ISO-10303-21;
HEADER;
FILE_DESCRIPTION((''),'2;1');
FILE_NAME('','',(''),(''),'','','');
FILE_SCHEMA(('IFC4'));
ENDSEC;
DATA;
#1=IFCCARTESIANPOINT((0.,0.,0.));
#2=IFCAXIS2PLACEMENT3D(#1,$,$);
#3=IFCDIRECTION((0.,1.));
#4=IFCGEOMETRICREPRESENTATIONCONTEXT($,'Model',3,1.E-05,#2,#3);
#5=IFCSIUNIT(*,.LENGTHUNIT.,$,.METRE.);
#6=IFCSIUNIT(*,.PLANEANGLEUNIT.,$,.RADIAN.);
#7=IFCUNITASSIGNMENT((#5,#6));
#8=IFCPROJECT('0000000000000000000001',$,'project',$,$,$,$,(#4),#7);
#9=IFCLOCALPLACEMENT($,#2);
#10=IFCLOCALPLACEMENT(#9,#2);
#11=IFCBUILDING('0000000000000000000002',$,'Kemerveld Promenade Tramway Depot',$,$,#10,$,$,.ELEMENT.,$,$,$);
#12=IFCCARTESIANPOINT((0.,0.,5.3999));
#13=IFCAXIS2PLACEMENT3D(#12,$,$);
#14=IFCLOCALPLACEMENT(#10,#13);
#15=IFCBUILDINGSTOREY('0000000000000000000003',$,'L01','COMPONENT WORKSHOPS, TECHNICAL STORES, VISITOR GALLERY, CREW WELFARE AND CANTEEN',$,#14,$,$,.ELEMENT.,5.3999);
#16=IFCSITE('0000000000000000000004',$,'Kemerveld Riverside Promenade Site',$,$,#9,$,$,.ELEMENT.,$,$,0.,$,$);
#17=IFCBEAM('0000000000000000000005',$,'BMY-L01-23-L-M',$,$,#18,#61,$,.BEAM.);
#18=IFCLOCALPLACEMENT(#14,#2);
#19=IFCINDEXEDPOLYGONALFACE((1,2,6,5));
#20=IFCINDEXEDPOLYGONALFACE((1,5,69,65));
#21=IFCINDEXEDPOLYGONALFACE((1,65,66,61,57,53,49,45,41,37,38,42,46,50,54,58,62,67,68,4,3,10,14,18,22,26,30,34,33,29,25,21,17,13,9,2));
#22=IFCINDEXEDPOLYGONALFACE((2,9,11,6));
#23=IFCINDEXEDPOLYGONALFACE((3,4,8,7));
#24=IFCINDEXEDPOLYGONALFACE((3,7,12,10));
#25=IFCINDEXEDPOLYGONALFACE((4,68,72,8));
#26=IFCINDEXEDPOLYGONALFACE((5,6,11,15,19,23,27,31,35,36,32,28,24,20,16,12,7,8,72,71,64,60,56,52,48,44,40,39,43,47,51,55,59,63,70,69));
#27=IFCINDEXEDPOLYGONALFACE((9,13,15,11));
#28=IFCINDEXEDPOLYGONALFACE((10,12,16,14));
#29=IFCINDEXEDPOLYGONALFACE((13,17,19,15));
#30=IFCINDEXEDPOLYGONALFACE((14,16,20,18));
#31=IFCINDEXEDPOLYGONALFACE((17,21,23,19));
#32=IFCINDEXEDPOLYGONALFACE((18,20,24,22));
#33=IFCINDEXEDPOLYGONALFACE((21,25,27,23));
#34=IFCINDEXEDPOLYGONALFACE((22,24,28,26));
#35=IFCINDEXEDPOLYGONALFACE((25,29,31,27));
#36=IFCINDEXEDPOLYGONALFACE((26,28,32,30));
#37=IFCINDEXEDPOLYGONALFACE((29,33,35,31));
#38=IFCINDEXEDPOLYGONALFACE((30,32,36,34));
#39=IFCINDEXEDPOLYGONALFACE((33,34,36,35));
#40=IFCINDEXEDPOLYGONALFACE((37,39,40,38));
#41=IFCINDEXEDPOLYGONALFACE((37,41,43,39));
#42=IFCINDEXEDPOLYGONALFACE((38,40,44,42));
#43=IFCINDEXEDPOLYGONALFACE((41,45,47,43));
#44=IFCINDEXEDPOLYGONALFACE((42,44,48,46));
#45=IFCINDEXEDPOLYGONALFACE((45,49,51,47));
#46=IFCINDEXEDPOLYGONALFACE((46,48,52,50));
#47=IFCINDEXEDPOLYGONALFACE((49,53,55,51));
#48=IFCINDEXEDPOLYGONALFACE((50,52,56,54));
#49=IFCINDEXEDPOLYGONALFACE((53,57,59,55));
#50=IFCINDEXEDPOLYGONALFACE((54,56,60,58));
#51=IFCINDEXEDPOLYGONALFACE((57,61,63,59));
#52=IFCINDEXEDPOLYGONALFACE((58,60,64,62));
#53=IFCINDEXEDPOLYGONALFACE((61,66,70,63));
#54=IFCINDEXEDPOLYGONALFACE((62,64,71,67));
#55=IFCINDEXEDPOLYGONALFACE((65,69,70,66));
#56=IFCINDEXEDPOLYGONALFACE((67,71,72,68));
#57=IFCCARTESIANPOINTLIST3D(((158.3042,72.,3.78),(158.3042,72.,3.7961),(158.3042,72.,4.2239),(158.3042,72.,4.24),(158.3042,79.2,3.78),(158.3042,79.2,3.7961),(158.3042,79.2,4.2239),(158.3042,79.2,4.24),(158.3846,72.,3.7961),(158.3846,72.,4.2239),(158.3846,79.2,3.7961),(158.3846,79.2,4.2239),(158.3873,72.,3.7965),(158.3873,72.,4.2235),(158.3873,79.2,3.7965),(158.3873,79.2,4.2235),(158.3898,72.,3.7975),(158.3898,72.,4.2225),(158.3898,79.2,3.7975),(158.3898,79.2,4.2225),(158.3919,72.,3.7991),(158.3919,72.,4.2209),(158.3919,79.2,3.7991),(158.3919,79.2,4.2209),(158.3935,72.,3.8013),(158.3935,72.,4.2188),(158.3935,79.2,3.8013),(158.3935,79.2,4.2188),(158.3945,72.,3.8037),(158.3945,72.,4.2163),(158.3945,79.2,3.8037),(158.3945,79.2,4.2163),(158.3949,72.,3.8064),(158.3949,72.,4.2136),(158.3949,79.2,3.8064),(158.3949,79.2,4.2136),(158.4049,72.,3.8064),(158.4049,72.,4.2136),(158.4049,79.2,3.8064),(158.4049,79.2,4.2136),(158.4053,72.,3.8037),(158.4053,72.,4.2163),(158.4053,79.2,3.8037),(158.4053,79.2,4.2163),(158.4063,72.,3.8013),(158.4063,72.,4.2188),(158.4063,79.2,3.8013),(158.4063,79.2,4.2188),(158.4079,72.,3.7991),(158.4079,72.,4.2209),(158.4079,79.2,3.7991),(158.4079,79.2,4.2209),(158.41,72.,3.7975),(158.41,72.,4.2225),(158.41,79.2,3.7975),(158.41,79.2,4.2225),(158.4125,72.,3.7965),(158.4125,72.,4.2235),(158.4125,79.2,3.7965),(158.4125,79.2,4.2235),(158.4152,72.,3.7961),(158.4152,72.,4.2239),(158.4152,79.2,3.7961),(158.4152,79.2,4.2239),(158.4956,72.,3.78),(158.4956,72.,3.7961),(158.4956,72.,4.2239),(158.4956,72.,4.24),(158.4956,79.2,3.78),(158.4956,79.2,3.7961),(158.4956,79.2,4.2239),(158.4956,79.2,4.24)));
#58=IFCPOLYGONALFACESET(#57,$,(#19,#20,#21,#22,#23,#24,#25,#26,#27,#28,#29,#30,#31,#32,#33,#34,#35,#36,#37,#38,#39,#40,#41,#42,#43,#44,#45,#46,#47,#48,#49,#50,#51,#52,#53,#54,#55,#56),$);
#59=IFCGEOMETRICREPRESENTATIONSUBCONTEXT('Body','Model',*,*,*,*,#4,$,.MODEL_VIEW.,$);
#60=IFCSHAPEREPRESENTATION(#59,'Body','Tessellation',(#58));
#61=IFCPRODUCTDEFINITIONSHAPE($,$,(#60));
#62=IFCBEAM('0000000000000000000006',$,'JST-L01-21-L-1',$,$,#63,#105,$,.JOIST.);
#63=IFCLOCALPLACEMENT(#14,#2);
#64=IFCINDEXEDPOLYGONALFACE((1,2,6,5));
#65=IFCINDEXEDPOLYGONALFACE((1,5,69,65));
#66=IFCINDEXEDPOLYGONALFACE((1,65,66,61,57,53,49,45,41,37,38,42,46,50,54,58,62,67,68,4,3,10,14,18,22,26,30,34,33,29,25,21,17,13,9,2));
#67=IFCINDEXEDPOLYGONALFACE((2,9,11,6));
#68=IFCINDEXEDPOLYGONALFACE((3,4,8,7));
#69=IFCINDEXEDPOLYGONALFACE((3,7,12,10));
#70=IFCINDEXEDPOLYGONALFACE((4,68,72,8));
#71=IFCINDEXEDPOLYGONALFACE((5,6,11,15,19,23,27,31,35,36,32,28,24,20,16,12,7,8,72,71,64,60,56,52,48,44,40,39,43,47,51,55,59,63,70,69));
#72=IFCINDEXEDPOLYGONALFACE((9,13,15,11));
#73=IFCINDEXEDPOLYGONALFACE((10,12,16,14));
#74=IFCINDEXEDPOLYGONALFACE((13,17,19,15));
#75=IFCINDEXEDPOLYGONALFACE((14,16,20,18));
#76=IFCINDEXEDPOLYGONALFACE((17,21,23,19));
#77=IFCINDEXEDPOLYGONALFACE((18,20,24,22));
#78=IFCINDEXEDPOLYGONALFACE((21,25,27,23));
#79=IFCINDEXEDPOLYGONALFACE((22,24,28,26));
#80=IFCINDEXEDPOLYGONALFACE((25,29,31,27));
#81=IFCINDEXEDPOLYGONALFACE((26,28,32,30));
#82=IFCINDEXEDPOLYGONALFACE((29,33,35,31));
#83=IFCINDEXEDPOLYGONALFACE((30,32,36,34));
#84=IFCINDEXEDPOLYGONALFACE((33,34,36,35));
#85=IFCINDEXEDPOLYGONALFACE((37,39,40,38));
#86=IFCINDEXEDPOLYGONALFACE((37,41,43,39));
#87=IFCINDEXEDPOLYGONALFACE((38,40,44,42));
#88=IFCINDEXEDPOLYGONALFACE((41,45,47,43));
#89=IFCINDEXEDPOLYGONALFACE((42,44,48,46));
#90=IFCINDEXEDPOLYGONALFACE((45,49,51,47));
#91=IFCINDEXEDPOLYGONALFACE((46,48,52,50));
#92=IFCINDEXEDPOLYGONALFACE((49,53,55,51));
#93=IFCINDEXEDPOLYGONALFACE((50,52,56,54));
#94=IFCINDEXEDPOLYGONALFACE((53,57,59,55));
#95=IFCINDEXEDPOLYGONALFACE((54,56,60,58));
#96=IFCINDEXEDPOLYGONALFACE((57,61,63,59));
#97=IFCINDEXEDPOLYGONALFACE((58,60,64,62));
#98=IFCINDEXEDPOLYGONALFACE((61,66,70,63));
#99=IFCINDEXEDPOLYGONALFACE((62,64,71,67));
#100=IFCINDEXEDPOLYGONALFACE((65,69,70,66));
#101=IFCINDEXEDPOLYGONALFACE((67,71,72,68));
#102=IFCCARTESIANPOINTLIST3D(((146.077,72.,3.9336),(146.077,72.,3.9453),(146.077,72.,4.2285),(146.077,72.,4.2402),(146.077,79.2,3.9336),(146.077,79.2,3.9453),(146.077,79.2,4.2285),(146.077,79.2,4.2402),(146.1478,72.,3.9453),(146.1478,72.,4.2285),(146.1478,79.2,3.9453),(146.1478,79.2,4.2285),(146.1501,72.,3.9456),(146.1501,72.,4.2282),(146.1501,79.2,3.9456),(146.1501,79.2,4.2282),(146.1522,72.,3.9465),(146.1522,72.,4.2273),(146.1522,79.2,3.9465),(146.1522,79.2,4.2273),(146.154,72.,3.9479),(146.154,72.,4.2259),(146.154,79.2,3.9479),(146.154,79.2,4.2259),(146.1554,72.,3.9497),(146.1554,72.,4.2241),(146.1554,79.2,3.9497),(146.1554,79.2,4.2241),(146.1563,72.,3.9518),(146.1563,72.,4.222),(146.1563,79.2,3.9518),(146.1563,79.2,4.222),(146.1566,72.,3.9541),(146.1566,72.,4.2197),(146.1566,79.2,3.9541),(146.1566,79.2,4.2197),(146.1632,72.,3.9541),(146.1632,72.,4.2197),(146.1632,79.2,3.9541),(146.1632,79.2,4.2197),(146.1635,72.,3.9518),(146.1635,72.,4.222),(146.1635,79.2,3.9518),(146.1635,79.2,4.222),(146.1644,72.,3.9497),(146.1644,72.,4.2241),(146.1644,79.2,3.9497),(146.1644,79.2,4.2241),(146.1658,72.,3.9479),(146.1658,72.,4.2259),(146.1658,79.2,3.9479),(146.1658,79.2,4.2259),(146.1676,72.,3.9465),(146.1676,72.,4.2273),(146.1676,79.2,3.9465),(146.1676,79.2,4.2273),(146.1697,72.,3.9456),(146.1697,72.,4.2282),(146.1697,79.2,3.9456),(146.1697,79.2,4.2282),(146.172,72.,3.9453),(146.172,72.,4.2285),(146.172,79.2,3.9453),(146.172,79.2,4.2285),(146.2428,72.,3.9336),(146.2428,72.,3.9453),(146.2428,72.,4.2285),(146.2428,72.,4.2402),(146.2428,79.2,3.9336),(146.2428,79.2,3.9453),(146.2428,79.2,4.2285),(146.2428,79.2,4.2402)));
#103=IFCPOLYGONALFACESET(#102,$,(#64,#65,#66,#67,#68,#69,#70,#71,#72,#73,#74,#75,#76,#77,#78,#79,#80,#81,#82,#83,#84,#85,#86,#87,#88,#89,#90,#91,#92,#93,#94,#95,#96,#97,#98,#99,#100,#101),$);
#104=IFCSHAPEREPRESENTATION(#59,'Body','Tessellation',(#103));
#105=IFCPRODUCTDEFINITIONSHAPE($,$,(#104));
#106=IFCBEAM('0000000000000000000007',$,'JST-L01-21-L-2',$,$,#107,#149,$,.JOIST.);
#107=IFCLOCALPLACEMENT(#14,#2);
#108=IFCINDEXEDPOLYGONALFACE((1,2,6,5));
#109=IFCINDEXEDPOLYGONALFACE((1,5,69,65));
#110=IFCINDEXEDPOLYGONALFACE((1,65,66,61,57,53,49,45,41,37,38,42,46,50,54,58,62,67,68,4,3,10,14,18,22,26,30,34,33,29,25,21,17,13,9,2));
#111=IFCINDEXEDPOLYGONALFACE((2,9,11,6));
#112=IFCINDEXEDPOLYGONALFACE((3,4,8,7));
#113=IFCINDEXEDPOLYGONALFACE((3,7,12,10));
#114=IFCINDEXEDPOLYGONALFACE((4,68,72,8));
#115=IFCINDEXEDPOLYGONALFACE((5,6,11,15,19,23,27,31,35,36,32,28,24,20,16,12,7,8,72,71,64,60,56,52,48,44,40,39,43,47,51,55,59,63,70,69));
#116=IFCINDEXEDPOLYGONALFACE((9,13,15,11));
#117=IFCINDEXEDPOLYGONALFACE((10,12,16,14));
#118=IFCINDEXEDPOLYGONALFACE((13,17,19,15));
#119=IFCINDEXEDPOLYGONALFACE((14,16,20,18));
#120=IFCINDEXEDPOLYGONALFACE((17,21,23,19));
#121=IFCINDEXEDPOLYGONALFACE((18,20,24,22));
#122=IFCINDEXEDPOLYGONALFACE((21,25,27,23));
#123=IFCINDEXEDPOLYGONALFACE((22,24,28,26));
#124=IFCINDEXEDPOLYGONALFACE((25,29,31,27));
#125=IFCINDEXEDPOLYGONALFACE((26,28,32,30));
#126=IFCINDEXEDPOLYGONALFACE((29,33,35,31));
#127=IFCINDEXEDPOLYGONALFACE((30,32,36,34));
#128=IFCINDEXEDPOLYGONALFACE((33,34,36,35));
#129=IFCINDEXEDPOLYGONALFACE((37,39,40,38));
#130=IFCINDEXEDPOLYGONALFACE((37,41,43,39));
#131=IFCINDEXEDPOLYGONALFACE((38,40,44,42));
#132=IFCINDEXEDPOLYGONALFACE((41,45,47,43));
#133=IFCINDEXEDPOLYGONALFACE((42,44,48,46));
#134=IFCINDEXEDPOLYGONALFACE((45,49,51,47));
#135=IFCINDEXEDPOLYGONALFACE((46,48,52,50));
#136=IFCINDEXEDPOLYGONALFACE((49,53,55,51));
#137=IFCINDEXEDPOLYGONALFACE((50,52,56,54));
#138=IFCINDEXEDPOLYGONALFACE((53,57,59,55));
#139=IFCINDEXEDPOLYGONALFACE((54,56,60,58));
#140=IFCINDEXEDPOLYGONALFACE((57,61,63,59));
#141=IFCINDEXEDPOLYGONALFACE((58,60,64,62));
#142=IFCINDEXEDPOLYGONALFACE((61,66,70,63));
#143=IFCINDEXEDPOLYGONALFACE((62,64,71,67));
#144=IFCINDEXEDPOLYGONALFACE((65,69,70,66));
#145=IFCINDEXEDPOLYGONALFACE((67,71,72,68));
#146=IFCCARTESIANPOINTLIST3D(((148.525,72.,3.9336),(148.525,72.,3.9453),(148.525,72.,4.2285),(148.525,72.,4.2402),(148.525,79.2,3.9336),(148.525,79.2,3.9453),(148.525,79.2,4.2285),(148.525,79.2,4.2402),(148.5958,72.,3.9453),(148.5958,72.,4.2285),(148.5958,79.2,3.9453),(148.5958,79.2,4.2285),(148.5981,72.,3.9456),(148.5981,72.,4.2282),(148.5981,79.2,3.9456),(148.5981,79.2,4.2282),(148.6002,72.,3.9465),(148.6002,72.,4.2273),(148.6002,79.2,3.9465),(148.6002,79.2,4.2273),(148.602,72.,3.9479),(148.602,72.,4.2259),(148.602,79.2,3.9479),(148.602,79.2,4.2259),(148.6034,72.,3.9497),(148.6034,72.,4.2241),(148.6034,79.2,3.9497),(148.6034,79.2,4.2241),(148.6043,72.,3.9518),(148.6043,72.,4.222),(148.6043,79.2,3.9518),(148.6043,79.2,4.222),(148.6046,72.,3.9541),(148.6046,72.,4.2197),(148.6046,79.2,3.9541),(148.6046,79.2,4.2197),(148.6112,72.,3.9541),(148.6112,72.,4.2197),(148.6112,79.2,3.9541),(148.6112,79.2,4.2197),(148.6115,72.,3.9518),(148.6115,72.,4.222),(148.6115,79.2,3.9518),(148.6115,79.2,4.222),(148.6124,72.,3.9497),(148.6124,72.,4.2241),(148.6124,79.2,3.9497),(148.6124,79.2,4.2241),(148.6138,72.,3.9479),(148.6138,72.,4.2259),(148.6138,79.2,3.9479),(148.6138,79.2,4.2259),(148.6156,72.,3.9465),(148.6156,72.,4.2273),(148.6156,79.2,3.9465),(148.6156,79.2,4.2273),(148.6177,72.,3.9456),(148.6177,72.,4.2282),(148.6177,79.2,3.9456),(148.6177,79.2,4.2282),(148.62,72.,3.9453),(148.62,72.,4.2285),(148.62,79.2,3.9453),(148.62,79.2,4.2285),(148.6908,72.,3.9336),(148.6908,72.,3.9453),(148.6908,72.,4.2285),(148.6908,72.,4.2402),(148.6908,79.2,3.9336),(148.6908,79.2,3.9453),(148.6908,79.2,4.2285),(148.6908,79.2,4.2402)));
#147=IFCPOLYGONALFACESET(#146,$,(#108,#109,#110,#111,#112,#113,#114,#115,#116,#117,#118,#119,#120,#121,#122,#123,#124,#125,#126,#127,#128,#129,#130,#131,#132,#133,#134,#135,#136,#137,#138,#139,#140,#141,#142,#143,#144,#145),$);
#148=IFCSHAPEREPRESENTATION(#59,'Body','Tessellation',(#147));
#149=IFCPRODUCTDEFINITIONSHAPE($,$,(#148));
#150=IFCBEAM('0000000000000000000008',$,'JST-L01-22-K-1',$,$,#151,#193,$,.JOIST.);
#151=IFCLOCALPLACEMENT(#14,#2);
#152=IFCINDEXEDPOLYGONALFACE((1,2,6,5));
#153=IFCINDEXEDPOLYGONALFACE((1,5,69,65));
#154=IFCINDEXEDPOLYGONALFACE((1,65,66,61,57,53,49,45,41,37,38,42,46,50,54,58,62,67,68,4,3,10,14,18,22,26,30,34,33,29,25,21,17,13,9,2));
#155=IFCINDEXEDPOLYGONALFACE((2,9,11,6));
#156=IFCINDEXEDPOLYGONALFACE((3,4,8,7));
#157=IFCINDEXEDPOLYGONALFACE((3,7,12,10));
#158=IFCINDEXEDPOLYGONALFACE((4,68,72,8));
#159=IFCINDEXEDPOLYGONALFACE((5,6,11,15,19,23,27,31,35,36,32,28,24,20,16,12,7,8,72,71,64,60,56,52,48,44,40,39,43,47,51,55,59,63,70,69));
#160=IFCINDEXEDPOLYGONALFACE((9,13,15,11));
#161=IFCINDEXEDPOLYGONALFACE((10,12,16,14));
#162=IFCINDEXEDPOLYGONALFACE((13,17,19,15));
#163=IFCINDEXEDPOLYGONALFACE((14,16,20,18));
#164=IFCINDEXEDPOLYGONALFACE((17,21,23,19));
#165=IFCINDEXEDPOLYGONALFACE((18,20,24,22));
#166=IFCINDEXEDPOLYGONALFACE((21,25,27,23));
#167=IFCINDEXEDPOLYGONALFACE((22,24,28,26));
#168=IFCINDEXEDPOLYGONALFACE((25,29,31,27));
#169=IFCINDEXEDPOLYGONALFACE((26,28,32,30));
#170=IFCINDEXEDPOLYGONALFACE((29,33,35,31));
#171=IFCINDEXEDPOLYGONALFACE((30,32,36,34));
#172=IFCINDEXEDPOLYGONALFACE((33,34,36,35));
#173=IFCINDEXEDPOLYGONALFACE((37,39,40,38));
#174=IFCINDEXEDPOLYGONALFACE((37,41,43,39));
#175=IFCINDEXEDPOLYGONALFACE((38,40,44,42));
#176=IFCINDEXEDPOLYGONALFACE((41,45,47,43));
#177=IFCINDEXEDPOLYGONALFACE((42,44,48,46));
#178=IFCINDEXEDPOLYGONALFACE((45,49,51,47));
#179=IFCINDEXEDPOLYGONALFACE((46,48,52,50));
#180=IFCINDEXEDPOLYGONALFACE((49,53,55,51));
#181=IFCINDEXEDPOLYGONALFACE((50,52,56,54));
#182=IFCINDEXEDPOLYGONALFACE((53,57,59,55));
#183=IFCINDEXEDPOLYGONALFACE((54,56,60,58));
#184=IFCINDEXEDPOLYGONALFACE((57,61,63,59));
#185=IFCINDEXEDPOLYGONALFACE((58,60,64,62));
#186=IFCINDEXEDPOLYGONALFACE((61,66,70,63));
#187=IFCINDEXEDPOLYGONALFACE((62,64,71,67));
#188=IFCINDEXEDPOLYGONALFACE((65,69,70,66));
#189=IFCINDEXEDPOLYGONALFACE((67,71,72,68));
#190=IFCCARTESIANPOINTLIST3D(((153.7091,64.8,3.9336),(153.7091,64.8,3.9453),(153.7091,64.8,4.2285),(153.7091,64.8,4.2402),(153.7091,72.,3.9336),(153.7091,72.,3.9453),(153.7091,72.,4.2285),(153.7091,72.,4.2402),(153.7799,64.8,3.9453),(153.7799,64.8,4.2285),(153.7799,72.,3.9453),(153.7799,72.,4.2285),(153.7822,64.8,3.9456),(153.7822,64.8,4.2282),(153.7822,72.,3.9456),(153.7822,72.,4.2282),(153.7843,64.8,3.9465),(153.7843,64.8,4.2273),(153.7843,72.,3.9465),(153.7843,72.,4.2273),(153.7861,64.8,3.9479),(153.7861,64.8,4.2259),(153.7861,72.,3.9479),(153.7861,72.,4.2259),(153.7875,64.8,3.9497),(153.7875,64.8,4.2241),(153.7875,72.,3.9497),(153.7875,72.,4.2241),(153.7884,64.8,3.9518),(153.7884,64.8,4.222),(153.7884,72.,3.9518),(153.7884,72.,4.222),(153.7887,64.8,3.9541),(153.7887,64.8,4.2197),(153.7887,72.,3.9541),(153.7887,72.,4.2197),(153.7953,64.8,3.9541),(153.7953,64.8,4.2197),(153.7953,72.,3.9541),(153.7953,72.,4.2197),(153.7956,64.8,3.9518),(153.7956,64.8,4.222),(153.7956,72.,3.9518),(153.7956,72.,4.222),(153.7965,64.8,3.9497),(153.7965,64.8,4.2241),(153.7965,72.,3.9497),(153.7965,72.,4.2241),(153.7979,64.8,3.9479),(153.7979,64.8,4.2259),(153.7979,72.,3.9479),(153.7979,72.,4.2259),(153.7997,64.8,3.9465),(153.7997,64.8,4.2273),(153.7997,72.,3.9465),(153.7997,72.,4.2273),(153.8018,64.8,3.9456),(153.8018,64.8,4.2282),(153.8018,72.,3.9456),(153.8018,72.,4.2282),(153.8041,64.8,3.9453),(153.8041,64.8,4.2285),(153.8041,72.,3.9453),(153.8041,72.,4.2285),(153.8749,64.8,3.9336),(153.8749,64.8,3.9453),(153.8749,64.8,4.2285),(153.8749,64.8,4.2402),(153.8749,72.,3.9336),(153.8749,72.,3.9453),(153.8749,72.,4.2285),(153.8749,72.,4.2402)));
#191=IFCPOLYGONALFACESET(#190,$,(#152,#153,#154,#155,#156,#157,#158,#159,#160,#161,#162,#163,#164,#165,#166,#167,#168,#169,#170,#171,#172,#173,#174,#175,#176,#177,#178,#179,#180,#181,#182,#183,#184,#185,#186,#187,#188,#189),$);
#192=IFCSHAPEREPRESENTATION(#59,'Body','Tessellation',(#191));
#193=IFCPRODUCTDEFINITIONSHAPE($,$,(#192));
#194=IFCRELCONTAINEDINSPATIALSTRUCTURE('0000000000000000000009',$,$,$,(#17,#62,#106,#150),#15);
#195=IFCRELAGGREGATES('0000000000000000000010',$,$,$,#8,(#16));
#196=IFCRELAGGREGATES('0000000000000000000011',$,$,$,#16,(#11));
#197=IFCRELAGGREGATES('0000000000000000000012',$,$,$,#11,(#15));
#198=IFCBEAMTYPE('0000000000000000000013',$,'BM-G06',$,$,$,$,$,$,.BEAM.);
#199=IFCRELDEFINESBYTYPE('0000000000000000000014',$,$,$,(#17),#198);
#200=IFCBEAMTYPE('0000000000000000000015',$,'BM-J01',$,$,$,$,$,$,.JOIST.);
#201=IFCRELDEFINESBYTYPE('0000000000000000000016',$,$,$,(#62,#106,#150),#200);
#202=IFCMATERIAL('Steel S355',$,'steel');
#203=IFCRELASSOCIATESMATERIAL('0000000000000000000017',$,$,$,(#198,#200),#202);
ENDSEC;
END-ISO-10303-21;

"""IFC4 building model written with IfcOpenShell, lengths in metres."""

from ifc_helpers import new_model, si_unit, direction, frame, origin, origin_2d, place, context, subcontext, project, spatial, i_section, extrude, material, material_profile, profile_set, type_object, element, save


model = new_model("IFC4")

# Units and contexts
model_context = context("Model", 3, precision=1e-05, world=origin(), true_north=direction((0.0, 1.0)))
body_context = subcontext(model_context, "Body", "Model", "MODEL_VIEW")
ifc_project = project(units=[si_unit("LENGTHUNIT", "METRE"), si_unit("PLANEANGLEUNIT", "RADIAN")], contexts=[model_context])

# Site, building, storey
site_placement = place(None, origin())
site = spatial("IfcSite", under=ifc_project, at=site_placement, Name="Kemerveld Riverside Promenade Site", CompositionType="ELEMENT", RefElevation=0.0)
building_placement = place(site_placement, origin())
building = spatial("IfcBuilding", under=site, at=building_placement, Name="Kemerveld Promenade Tramway Depot", CompositionType="ELEMENT")
storey_placement = place(building_placement, frame((0.0, 0.0, 5.3999)))
storey = spatial("IfcBuildingStorey", under=building, at=storey_placement, Name="L01", Description="COMPONENT WORKSHOPS, TECHNICAL STORES, VISITOR GALLERY, CREW WELFARE AND CANTEEN", CompositionType="ELEMENT", Elevation=5.3999)

# Shared definitions
ifc_material_1 = material(Name="Steel S355", Category="steel")

# Beams
ifc_material_profile_1 = material_profile(ifc_material_1, i_section(OverallWidth=0.1914, OverallDepth=0.46, WebThickness=0.01, FlangeThickness=0.0161, FilletRadius=0.0103, at=origin_2d()), Name="457x191x82 UB")
ifc_profile_set_1 = profile_set([ifc_material_profile_1], Name="Steel S355")
beam_type_1 = type_object("IfcBeamType", Name="BM-G06", PredefinedType="BEAM", material=ifc_profile_set_1)
for number, where, z_axis, x_axis, name in (
    (1, (158.3999, 72.0, 4.01), (0.0, 1.0, 0.0), (-1.0, 0.0, 0.0), "BMY-L01-23-L-M"),
):
    element("IfcBeam", number, at=place(storey_placement, frame(where, z_axis=z_axis, x_axis=x_axis)), inside=storey, type_object=beam_type_1, Name=name, PredefinedType="BEAM", context=body_context, shape_type="SweptSolid", body=[
        extrude(i_section(OverallWidth=0.1914, OverallDepth=0.46, WebThickness=0.01, FlangeThickness=0.0161, FilletRadius=0.0103, at=origin_2d()), origin(), (0.0, 0.0, 1.0), 7.2),
    ])
ifc_material_profile_2 = material_profile(ifc_material_1, i_section(OverallWidth=0.1658, OverallDepth=0.3066, WebThickness=0.0066, FlangeThickness=0.0117, FilletRadius=0.0088, at=origin_2d()), Name="305x165x46 UB")
ifc_profile_set_2 = profile_set([ifc_material_profile_2], Name="Steel S355")
beam_type_2 = type_object("IfcBeamType", Name="BM-J01", PredefinedType="JOIST", material=ifc_profile_set_2)
for number, where, z_axis, x_axis, name in (
    (2, (146.1599, 72.0, 4.0869), (0.0, 1.0, 0.0), (-1.0, 0.0, 0.0), "JST-L01-21-L-1"),
    (3, (148.6079, 72.0, 4.0869), (0.0, 1.0, 0.0), (-1.0, 0.0, 0.0), "JST-L01-21-L-2"),
    (4, (153.792, 64.8, 4.0869), (0.0, 1.0, 0.0), (-1.0, 0.0, 0.0), "JST-L01-22-K-1"),
):
    element("IfcBeam", number, at=place(storey_placement, frame(where, z_axis=z_axis, x_axis=x_axis)), inside=storey, type_object=beam_type_2, Name=name, PredefinedType="JOIST", context=body_context, shape_type="SweptSolid", body=[
        extrude(i_section(OverallWidth=0.1658, OverallDepth=0.3066, WebThickness=0.0066, FlangeThickness=0.0117, FilletRadius=0.0088, at=origin_2d()), origin(), (0.0, 0.0, 1.0), 7.2),
    ])

save(model, "model.ifc")
